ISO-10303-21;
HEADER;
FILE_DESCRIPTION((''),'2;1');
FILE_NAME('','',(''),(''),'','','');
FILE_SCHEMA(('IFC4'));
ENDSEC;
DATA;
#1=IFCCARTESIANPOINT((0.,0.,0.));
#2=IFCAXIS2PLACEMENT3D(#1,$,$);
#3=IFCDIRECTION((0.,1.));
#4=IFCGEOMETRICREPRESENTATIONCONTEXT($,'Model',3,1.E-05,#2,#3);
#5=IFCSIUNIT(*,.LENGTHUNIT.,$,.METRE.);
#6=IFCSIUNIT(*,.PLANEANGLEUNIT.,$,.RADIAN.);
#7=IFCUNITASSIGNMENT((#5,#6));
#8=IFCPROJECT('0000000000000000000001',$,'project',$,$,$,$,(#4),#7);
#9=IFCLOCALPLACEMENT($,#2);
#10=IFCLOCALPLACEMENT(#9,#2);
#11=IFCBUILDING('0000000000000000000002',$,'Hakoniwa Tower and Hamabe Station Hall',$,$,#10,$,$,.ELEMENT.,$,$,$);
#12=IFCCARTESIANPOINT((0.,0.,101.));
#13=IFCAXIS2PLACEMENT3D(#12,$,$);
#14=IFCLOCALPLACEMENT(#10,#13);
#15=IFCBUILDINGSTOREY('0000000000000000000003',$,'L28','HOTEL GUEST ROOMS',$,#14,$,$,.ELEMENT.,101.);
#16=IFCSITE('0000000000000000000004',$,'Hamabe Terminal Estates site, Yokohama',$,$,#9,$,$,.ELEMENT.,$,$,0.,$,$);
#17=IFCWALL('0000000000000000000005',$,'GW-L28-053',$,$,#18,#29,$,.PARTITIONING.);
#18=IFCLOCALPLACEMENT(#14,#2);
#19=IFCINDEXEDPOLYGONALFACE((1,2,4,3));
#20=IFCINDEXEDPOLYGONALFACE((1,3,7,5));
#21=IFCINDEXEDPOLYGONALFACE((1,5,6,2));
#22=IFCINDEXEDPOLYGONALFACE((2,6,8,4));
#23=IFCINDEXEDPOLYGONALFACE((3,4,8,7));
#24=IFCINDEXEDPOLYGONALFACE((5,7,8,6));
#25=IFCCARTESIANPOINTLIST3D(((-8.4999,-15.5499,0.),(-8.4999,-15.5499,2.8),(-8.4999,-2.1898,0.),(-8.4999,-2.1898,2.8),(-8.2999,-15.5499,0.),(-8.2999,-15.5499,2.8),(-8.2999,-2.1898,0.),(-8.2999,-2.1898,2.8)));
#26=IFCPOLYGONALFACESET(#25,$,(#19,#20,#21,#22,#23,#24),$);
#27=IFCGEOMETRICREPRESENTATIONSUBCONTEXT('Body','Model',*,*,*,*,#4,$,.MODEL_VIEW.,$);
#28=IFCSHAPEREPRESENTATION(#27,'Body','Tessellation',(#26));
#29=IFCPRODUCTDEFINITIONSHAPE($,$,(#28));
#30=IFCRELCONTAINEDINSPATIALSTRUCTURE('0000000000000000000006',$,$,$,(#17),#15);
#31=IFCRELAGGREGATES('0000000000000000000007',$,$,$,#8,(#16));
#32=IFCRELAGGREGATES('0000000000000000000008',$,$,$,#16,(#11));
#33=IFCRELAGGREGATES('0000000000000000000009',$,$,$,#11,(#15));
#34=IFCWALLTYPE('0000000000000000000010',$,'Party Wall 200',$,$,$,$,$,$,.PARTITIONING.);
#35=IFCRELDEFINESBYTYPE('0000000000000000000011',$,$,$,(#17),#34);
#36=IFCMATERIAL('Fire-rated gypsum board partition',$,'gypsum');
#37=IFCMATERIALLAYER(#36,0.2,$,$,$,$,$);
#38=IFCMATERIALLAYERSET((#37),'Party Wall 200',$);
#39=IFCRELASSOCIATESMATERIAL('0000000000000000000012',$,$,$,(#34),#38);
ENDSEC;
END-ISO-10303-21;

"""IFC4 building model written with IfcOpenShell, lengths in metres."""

from ifc_helpers import new_model, si_unit, direction, frame, frame_2d, origin, place, context, subcontext, project, spatial, rectangle, extrude, material, layer, layer_set, type_object, element, save


model = new_model("IFC4")

# Units and contexts
model_context = context("Model", 3, precision=1e-05, world=origin(), true_north=direction((0.0, 1.0)))
body_context = subcontext(model_context, "Body", "Model", "MODEL_VIEW")
ifc_project = project(units=[si_unit("LENGTHUNIT", "METRE"), si_unit("PLANEANGLEUNIT", "RADIAN")], contexts=[model_context])

# Site, building, storey
site_placement = place(None, origin())
site = spatial("IfcSite", under=ifc_project, at=site_placement, Name="Hamabe Terminal Estates site, Yokohama", CompositionType="ELEMENT", RefElevation=0.0)
building_placement = place(site_placement, origin())
building = spatial("IfcBuilding", under=site, at=building_placement, Name="Hakoniwa Tower and Hamabe Station Hall", CompositionType="ELEMENT")
storey_placement = place(building_placement, frame((0.0, 0.0, 101.0)))
storey = spatial("IfcBuildingStorey", under=building, at=storey_placement, Name="L28", Description="HOTEL GUEST ROOMS", CompositionType="ELEMENT", Elevation=101.0)

# Wall
ifc_material_1 = material(Name="Fire-rated gypsum board partition", Category="gypsum")
ifc_layer_1 = layer(ifc_material_1, 0.2)
ifc_layer_set_1 = layer_set([ifc_layer_1], Name="Party Wall 200")
wall_type_1 = type_object("IfcWallType", Name="Party Wall 200", PredefinedType="PARTITIONING", material=ifc_layer_set_1)
wall_1_placement = place(storey_placement, frame((-8.3999, -15.55, 0.0), z_axis=(0.0, 0.0, 1.0), x_axis=(0.0, 1.0, 0.0)))
element("IfcWall", 1, at=wall_1_placement, inside=storey, type_object=wall_type_1, Name="GW-L28-053", PredefinedType="PARTITIONING", context=body_context, shape_type="SweptSolid", body=[
    extrude(rectangle(XDim=13.3601, YDim=0.2, at=frame_2d((6.6802, 0.0))), origin(), (0.0, 0.0, 1.0), 2.8),
])

save(model, "model.ifc")
